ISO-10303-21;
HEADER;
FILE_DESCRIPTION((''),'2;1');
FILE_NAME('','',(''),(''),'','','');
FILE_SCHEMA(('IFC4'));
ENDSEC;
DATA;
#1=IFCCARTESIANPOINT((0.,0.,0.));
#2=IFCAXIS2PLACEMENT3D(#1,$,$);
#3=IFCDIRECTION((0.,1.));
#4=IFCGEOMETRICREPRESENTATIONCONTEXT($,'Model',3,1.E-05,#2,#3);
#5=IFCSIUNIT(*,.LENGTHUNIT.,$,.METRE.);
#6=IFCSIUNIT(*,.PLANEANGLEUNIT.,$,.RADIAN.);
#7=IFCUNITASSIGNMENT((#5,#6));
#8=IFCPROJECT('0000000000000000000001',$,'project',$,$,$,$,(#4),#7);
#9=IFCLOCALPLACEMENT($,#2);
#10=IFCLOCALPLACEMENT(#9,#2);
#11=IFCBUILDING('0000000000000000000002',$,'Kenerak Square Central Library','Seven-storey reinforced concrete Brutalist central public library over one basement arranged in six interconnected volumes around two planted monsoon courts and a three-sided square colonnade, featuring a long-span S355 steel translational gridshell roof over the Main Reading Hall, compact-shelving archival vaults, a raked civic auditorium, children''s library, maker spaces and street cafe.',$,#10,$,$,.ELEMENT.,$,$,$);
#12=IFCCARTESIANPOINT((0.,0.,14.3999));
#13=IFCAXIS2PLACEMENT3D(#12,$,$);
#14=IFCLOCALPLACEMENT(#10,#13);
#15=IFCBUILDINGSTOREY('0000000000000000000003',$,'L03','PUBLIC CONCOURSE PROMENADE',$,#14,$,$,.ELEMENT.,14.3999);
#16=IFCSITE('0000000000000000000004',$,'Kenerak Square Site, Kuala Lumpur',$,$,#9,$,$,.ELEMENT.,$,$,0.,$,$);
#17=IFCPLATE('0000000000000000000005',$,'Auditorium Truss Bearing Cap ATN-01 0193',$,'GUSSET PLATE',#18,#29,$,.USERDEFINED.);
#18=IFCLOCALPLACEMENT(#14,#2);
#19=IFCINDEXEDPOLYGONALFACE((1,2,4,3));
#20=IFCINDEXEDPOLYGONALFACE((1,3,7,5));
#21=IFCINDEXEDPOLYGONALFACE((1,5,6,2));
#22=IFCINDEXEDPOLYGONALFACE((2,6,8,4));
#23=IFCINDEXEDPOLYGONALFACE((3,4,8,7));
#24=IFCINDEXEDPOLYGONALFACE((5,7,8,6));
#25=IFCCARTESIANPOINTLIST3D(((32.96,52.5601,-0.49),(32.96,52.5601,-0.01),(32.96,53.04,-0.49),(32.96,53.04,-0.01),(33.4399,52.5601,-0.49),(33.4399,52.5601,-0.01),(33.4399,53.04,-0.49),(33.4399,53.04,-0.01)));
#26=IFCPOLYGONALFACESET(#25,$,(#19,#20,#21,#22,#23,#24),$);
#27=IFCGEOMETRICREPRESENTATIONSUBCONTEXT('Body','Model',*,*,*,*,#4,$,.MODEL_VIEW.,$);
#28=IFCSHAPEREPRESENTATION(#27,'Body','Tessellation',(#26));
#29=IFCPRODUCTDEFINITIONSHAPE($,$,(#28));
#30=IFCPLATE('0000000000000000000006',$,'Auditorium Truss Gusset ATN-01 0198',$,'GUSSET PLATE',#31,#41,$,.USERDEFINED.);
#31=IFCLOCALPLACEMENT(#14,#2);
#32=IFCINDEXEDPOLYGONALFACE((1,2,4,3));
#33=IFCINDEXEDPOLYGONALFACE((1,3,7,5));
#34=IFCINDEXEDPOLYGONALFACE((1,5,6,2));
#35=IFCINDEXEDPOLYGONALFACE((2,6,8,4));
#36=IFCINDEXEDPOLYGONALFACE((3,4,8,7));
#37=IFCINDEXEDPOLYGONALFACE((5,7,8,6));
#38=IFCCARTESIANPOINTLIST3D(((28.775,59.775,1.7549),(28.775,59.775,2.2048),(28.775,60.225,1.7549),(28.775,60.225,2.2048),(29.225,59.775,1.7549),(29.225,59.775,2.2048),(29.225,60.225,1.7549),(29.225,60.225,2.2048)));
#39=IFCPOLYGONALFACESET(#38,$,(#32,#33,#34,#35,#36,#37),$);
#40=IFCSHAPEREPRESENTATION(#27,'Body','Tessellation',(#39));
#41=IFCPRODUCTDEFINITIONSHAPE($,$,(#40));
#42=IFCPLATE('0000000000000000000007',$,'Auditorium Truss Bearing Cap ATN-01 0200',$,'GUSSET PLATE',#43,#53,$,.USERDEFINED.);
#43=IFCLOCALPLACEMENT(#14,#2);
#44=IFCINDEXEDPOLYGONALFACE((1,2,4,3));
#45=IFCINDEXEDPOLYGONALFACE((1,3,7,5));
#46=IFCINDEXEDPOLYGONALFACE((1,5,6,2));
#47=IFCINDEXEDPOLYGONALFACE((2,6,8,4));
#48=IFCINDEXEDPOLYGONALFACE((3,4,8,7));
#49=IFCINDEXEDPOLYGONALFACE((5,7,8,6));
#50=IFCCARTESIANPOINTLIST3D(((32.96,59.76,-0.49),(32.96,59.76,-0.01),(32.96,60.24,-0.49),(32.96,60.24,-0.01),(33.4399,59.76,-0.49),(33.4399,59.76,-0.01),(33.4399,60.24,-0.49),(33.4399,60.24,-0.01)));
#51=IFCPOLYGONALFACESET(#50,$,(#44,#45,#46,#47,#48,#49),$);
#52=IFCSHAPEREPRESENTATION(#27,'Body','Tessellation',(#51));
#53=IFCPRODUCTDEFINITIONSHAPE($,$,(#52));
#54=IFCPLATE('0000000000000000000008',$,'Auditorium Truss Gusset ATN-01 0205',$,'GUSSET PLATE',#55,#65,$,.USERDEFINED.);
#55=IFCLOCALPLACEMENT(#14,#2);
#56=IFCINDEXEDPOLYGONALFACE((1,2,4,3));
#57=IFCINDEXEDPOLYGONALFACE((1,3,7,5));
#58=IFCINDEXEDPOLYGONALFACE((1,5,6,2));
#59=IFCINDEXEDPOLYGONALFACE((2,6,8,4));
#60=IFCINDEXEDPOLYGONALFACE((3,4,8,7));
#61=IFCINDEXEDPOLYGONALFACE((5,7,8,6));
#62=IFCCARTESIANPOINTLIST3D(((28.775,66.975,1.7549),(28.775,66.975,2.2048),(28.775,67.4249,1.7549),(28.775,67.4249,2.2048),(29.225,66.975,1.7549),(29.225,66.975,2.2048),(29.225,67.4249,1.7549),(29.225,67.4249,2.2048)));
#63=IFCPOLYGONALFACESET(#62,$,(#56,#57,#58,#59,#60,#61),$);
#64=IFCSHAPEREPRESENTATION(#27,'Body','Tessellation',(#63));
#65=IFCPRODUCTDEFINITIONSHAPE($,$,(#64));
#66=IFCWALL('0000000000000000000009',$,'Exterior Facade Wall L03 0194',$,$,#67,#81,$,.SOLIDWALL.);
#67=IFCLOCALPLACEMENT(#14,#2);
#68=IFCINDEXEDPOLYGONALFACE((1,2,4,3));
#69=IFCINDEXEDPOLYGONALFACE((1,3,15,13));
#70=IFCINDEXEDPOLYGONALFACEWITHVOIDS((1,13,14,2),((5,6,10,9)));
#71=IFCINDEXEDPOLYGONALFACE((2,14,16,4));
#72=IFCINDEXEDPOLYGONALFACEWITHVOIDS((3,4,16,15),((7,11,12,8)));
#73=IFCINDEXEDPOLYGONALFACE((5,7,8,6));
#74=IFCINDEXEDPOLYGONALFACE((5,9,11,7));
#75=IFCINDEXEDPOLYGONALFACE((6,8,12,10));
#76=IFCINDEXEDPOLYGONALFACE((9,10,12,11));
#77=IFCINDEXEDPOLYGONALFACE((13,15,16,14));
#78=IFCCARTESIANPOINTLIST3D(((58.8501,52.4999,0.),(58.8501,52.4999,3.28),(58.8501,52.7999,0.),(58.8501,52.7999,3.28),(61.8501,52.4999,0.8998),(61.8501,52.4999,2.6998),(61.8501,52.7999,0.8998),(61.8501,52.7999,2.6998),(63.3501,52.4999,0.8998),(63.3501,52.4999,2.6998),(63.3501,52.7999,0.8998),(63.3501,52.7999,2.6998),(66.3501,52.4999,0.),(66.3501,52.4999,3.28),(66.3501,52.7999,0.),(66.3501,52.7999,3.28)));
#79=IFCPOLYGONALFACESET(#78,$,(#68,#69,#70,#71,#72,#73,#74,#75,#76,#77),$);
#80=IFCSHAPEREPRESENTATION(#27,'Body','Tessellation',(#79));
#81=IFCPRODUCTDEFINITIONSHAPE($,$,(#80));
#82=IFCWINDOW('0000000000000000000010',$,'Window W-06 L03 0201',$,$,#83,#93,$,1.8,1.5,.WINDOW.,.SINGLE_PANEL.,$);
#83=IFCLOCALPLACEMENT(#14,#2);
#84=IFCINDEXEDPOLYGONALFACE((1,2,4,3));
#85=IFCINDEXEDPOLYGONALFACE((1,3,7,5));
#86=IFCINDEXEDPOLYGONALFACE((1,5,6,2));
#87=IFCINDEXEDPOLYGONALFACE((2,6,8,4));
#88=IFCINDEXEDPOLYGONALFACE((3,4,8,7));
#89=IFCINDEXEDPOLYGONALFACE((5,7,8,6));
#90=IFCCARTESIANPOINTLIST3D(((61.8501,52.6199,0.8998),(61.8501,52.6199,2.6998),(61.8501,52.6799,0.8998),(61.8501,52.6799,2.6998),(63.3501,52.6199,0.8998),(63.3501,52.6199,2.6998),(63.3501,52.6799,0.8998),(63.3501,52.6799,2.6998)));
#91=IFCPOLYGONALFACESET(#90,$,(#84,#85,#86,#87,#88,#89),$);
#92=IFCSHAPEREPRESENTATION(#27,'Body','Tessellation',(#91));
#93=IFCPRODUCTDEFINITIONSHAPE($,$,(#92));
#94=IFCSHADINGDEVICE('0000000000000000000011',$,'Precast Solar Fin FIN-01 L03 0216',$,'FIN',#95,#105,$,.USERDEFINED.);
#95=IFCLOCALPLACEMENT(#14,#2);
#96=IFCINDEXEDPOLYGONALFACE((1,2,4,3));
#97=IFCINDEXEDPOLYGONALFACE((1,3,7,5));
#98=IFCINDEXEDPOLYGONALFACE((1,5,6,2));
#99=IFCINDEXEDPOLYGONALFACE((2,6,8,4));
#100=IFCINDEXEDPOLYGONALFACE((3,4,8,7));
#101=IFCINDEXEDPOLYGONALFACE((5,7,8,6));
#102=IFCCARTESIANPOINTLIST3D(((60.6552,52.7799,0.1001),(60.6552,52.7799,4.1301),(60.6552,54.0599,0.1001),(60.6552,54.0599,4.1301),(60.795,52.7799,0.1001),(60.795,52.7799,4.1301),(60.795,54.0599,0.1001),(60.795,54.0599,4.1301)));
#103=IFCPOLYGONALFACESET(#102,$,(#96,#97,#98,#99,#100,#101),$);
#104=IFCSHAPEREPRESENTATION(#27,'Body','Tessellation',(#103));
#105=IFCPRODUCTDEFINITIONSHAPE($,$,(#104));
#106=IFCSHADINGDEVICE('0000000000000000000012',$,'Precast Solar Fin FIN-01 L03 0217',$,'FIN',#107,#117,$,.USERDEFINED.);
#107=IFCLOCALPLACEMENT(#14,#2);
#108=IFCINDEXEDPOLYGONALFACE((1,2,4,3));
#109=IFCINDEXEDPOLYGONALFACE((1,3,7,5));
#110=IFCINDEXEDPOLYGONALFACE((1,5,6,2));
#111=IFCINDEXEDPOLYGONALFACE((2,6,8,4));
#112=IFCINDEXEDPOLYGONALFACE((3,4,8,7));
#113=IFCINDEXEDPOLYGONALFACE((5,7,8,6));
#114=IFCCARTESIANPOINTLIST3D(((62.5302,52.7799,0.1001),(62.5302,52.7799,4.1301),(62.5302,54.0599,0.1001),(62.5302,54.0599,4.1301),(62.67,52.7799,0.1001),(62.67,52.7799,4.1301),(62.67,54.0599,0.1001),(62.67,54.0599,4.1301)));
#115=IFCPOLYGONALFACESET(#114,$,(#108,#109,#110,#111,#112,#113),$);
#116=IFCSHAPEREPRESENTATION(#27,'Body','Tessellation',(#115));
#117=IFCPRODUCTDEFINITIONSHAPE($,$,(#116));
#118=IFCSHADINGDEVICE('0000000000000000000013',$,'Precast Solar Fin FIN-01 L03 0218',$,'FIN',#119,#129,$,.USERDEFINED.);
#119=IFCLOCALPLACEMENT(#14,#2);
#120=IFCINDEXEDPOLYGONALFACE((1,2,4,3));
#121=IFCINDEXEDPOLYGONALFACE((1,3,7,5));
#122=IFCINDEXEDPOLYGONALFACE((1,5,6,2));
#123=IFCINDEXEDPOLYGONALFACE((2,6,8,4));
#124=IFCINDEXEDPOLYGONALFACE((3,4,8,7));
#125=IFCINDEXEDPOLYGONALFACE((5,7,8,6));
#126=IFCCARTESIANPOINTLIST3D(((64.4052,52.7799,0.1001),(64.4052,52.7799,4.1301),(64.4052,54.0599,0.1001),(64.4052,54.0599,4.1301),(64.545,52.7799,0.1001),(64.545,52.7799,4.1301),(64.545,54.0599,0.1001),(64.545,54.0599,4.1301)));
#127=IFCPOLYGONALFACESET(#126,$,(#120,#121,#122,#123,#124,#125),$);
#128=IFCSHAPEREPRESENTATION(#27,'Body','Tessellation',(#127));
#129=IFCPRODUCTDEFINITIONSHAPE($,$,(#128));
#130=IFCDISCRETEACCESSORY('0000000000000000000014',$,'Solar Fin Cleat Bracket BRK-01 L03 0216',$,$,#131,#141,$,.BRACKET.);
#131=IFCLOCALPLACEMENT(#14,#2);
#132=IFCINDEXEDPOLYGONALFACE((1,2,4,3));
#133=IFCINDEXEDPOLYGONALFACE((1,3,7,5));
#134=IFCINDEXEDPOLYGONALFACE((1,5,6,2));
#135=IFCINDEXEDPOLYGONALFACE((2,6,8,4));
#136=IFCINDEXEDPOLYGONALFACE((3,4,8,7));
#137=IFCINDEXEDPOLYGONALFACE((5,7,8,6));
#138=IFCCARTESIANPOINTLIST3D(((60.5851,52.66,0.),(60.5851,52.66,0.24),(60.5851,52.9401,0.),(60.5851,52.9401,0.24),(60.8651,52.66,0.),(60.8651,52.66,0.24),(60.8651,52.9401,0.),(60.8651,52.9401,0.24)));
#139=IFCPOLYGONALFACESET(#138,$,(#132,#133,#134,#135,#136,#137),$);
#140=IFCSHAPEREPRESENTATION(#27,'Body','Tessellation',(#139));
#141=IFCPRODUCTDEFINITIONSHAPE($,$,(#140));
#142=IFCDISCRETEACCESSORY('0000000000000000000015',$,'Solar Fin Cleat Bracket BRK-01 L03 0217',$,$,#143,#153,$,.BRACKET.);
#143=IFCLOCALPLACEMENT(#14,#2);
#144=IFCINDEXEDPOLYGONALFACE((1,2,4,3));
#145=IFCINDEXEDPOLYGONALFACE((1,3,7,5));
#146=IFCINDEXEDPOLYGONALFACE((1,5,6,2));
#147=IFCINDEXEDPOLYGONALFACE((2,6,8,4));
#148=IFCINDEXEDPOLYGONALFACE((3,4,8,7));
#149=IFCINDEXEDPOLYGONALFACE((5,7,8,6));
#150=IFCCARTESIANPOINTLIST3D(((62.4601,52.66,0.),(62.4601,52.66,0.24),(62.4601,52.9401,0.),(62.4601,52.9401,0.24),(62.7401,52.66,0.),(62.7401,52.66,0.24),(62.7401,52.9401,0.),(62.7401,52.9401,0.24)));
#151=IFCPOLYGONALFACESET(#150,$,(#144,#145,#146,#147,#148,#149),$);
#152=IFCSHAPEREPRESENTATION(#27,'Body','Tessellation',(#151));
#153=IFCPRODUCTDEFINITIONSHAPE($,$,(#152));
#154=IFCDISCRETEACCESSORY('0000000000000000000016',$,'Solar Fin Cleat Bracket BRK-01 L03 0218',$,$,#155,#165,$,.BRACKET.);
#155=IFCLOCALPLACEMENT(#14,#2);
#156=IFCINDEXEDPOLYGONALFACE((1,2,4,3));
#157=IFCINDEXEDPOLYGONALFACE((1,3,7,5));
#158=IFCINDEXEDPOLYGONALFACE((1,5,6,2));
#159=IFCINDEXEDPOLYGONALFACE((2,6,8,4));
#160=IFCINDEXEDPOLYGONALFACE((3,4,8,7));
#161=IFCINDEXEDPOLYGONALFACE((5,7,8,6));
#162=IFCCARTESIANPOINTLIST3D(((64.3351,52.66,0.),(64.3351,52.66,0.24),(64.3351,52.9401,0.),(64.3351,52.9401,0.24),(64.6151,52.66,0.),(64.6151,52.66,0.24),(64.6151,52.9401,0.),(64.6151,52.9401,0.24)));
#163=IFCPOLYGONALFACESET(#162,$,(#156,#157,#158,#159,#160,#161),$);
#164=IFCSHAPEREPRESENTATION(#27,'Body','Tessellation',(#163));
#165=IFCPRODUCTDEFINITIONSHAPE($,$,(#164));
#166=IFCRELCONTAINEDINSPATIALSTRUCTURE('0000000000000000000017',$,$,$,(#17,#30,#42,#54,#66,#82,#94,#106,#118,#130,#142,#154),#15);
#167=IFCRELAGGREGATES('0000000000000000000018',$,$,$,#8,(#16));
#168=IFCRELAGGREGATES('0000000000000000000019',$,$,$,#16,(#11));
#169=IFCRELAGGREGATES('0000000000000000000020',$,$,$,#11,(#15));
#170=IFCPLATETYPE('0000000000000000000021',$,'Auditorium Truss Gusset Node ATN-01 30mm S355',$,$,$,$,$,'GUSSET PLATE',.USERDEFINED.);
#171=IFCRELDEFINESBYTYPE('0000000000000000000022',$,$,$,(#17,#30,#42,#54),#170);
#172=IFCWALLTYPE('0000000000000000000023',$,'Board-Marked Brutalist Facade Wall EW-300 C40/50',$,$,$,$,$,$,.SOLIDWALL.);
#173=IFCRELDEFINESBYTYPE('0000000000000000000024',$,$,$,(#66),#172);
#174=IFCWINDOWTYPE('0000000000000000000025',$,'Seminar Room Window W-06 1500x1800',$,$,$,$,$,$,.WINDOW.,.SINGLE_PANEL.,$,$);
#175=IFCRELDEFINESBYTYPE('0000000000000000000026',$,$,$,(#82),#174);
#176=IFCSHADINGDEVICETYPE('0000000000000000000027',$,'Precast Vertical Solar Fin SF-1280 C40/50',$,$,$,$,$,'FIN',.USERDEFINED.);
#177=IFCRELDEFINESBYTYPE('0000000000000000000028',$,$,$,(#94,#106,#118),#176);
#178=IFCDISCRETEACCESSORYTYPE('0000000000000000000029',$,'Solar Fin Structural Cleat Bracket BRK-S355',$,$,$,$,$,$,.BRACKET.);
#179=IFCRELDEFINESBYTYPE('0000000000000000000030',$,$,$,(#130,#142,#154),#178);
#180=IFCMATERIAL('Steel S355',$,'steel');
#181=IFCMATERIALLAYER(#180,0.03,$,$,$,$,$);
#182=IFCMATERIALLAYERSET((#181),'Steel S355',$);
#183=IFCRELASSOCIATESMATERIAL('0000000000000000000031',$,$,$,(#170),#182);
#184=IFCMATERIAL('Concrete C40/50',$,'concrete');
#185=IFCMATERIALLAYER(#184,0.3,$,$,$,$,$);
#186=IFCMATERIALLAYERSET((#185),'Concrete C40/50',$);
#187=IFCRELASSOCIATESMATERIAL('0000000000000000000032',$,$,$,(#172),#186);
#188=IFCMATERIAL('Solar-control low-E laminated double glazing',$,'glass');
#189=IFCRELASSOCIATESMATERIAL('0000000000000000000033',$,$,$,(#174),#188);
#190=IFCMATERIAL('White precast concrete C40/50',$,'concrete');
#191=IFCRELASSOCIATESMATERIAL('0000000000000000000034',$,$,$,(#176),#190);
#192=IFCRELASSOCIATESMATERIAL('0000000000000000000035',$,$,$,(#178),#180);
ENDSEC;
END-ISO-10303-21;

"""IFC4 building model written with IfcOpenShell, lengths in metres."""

from ifc_helpers import new_model, si_unit, direction, frame, frame_2d, origin, origin_2d, place, context, subcontext, project, spatial, rectangle, extrude, material, layer, layer_set, type_object, element, fill, save


model = new_model("IFC4")

# Units and contexts
model_context = context("Model", 3, precision=1e-05, world=origin(), true_north=direction((0.0, 1.0)))
body_context = subcontext(model_context, "Body", "Model", "MODEL_VIEW")
ifc_project = project(units=[si_unit("LENGTHUNIT", "METRE"), si_unit("PLANEANGLEUNIT", "RADIAN")], contexts=[model_context])

# Site, building, storey
site_placement = place(None, origin())
site = spatial("IfcSite", under=ifc_project, at=site_placement, Name="Kenerak Square Site, Kuala Lumpur", CompositionType="ELEMENT", RefElevation=0.0)
building_placement = place(site_placement, origin())
building = spatial("IfcBuilding", under=site, at=building_placement, Name="Kenerak Square Central Library", Description="Seven-storey reinforced concrete Brutalist central public library over one basement arranged in six interconnected volumes around two planted monsoon courts and a three-sided square colonnade, featuring a long-span S355 steel translational gridshell roof over the Main Reading Hall, compact-shelving archival vaults, a raked civic auditorium, children's library, maker spaces and street cafe.", CompositionType="ELEMENT")
storey_placement = place(building_placement, frame((0.0, 0.0, 14.3999)))
storey = spatial("IfcBuildingStorey", under=building, at=storey_placement, Name="L03", Description="PUBLIC CONCOURSE PROMENADE", CompositionType="ELEMENT", Elevation=14.3999)

# Shared definitions
ifc_material_1 = material(Name="Concrete C40/50", Category="concrete")

# Shared definitions
ifc_material_2 = material(Name="Steel S355", Category="steel")

# Plates
ifc_layer_1 = layer(ifc_material_2, 0.03)
ifc_layer_set_1 = layer_set([ifc_layer_1], Name="Steel S355")
plate_type = type_object("IfcPlateType", Name="Auditorium Truss Gusset Node ATN-01 30mm S355", ElementType="GUSSET PLATE", PredefinedType="USERDEFINED", material=ifc_layer_set_1)
plate_1_placement = place(storey_placement, frame((33.2, 52.8, -0.49), z_axis=(0.0, 0.0, 1.0), x_axis=(1.0, 0.0, 0.0)))
element("IfcPlate", 1, at=plate_1_placement, inside=storey, type_object=plate_type, Name="Auditorium Truss Bearing Cap ATN-01 0193", ObjectType="GUSSET PLATE", PredefinedType="USERDEFINED", context=body_context, shape_type="SweptSolid", body=[
    extrude(rectangle(XDim=0.48, YDim=0.48, at=origin_2d()), origin(), (0.0, 0.0, 1.0), 0.48),
])
plate_2_placement = place(storey_placement, frame((29.0, 60.0, 1.7549), z_axis=(0.0, 0.0, 1.0), x_axis=(1.0, 0.0, 0.0)))
element("IfcPlate", 2, at=plate_2_placement, inside=storey, type_object=plate_type, Name="Auditorium Truss Gusset ATN-01 0198", ObjectType="GUSSET PLATE", PredefinedType="USERDEFINED", context=body_context, shape_type="SweptSolid", body=[
    extrude(rectangle(XDim=0.45, YDim=0.45, at=origin_2d()), origin(), (0.0, 0.0, 1.0), 0.45),
])
plate_3_placement = place(storey_placement, frame((33.2, 60.0, -0.49), z_axis=(0.0, 0.0, 1.0), x_axis=(1.0, 0.0, 0.0)))
element("IfcPlate", 3, at=plate_3_placement, inside=storey, type_object=plate_type, Name="Auditorium Truss Bearing Cap ATN-01 0200", ObjectType="GUSSET PLATE", PredefinedType="USERDEFINED", context=body_context, shape_type="SweptSolid", body=[
    extrude(rectangle(XDim=0.48, YDim=0.48, at=origin_2d()), origin(), (0.0, 0.0, 1.0), 0.48),
])
plate_4_placement = place(storey_placement, frame((29.0, 67.2, 1.7549), z_axis=(0.0, 0.0, 1.0), x_axis=(1.0, 0.0, 0.0)))
element("IfcPlate", 4, at=plate_4_placement, inside=storey, type_object=plate_type, Name="Auditorium Truss Gusset ATN-01 0205", ObjectType="GUSSET PLATE", PredefinedType="USERDEFINED", context=body_context, shape_type="SweptSolid", body=[
    extrude(rectangle(XDim=0.45, YDim=0.45, at=origin_2d()), origin(), (0.0, 0.0, 1.0), 0.45),
])

# Wall, opening, window
ifc_layer_2 = layer(ifc_material_1, 0.3)
ifc_layer_set_2 = layer_set([ifc_layer_2], Name="Concrete C40/50")
wall_type = type_object("IfcWallType", Name="Board-Marked Brutalist Facade Wall EW-300 C40/50", PredefinedType="SOLIDWALL", material=ifc_layer_set_2)
wall_placement = place(storey_placement, frame((58.8501, 52.6499, 0.0), z_axis=(0.0, 0.0, 1.0), x_axis=(1.0, 0.0, 0.0)))
wall = element("IfcWall", 5, at=wall_placement, inside=storey, type_object=wall_type, Name="Exterior Facade Wall L03 0194", PredefinedType="SOLIDWALL", context=body_context, shape_type="SweptSolid", body=[
    extrude(rectangle(XDim=7.5, YDim=0.3, at=frame_2d((3.75, 0.0))), origin(), (0.0, 0.0, 1.0), 3.28),
])
opening_placement = place(wall_placement, frame((3.0, 0.0, 0.8999)))
opening = element("IfcOpeningElement", 6, at=opening_placement, cuts=wall, PredefinedType="OPENING", context=body_context, shape_type="SweptSolid", body=[
    extrude(rectangle(XDim=1.5, YDim=1.8, at=frame_2d((0.75, 0.8999))), frame((0.0, 0.1599, 0.0), z_axis=(0.0, -1.0, 0.0), x_axis=(1.0, 0.0, 0.0)), (0.0, 0.0, 1.0), 0.3201),
])
ifc_material_3 = material(Name="Solar-control low-E laminated double glazing", Category="glass")
window_type = type_object("IfcWindowType", Name="Seminar Room Window W-06 1500x1800", PartitioningType="SINGLE_PANEL", PredefinedType="WINDOW", material=ifc_material_3)
window_placement = place(opening_placement, origin())
window = element("IfcWindow", 7, at=window_placement, inside=storey, type_object=window_type, Name="Window W-06 L03 0201", OverallHeight=1.8, OverallWidth=1.5, PartitioningType="SINGLE_PANEL", PredefinedType="WINDOW", context=body_context, shape_type="SweptSolid", body=[
    extrude(rectangle(XDim=1.5, YDim=1.8, at=frame_2d((0.75, 0.8999))), frame((0.0, 0.03, 0.0), z_axis=(0.0, -1.0, 0.0), x_axis=(1.0, 0.0, 0.0)), (0.0, 0.0, 1.0), 0.0601),
])
fill(opening, window)

# Shading devices
ifc_material_4 = material(Name="White precast concrete C40/50", Category="concrete")
shading_device_type = type_object("IfcShadingDeviceType", Name="Precast Vertical Solar Fin SF-1280 C40/50", ElementType="FIN", PredefinedType="USERDEFINED", material=ifc_material_4)
for number, where, z_axis, x_axis, name in (
    (8, (60.7251, 53.4199, 0.1001), (0.0, 0.0, 1.0), (1.0, 0.0, 0.0), "Precast Solar Fin FIN-01 L03 0216"),
    (9, (62.6001, 53.4199, 0.1001), (0.0, 0.0, 1.0), (1.0, 0.0, 0.0), "Precast Solar Fin FIN-01 L03 0217"),
    (10, (64.4751, 53.4199, 0.1001), (0.0, 0.0, 1.0), (1.0, 0.0, 0.0), "Precast Solar Fin FIN-01 L03 0218"),
):
    element("IfcShadingDevice", number, at=place(storey_placement, frame(where, z_axis=z_axis, x_axis=x_axis)), inside=storey, type_object=shading_device_type, Name=name, ObjectType="FIN", PredefinedType="USERDEFINED", context=body_context, shape_type="SweptSolid", body=[
        extrude(rectangle(XDim=0.1399, YDim=1.28, at=origin_2d()), origin(), (0.0, 0.0, 1.0), 4.03),
    ])

# Discrete accessories
discrete_accessory_type = type_object("IfcDiscreteAccessoryType", Name="Solar Fin Structural Cleat Bracket BRK-S355", PredefinedType="BRACKET", material=ifc_material_2)
for number, where, z_axis, x_axis, name in (
    (11, (60.7251, 52.8, 0.0), (0.0, 0.0, 1.0), (1.0, 0.0, 0.0), "Solar Fin Cleat Bracket BRK-01 L03 0216"),
    (12, (62.6001, 52.8, 0.0), (0.0, 0.0, 1.0), (1.0, 0.0, 0.0), "Solar Fin Cleat Bracket BRK-01 L03 0217"),
    (13, (64.4751, 52.8, 0.0), (0.0, 0.0, 1.0), (1.0, 0.0, 0.0), "Solar Fin Cleat Bracket BRK-01 L03 0218"),
):
    element("IfcDiscreteAccessory", number, at=place(storey_placement, frame(where, z_axis=z_axis, x_axis=x_axis)), inside=storey, type_object=discrete_accessory_type, Name=name, PredefinedType="BRACKET", context=body_context, shape_type="SweptSolid", body=[
        extrude(rectangle(XDim=0.28, YDim=0.28, at=origin_2d()), origin(), (0.0, 0.0, 1.0), 0.24),
    ])

save(model, "model.ifc")
